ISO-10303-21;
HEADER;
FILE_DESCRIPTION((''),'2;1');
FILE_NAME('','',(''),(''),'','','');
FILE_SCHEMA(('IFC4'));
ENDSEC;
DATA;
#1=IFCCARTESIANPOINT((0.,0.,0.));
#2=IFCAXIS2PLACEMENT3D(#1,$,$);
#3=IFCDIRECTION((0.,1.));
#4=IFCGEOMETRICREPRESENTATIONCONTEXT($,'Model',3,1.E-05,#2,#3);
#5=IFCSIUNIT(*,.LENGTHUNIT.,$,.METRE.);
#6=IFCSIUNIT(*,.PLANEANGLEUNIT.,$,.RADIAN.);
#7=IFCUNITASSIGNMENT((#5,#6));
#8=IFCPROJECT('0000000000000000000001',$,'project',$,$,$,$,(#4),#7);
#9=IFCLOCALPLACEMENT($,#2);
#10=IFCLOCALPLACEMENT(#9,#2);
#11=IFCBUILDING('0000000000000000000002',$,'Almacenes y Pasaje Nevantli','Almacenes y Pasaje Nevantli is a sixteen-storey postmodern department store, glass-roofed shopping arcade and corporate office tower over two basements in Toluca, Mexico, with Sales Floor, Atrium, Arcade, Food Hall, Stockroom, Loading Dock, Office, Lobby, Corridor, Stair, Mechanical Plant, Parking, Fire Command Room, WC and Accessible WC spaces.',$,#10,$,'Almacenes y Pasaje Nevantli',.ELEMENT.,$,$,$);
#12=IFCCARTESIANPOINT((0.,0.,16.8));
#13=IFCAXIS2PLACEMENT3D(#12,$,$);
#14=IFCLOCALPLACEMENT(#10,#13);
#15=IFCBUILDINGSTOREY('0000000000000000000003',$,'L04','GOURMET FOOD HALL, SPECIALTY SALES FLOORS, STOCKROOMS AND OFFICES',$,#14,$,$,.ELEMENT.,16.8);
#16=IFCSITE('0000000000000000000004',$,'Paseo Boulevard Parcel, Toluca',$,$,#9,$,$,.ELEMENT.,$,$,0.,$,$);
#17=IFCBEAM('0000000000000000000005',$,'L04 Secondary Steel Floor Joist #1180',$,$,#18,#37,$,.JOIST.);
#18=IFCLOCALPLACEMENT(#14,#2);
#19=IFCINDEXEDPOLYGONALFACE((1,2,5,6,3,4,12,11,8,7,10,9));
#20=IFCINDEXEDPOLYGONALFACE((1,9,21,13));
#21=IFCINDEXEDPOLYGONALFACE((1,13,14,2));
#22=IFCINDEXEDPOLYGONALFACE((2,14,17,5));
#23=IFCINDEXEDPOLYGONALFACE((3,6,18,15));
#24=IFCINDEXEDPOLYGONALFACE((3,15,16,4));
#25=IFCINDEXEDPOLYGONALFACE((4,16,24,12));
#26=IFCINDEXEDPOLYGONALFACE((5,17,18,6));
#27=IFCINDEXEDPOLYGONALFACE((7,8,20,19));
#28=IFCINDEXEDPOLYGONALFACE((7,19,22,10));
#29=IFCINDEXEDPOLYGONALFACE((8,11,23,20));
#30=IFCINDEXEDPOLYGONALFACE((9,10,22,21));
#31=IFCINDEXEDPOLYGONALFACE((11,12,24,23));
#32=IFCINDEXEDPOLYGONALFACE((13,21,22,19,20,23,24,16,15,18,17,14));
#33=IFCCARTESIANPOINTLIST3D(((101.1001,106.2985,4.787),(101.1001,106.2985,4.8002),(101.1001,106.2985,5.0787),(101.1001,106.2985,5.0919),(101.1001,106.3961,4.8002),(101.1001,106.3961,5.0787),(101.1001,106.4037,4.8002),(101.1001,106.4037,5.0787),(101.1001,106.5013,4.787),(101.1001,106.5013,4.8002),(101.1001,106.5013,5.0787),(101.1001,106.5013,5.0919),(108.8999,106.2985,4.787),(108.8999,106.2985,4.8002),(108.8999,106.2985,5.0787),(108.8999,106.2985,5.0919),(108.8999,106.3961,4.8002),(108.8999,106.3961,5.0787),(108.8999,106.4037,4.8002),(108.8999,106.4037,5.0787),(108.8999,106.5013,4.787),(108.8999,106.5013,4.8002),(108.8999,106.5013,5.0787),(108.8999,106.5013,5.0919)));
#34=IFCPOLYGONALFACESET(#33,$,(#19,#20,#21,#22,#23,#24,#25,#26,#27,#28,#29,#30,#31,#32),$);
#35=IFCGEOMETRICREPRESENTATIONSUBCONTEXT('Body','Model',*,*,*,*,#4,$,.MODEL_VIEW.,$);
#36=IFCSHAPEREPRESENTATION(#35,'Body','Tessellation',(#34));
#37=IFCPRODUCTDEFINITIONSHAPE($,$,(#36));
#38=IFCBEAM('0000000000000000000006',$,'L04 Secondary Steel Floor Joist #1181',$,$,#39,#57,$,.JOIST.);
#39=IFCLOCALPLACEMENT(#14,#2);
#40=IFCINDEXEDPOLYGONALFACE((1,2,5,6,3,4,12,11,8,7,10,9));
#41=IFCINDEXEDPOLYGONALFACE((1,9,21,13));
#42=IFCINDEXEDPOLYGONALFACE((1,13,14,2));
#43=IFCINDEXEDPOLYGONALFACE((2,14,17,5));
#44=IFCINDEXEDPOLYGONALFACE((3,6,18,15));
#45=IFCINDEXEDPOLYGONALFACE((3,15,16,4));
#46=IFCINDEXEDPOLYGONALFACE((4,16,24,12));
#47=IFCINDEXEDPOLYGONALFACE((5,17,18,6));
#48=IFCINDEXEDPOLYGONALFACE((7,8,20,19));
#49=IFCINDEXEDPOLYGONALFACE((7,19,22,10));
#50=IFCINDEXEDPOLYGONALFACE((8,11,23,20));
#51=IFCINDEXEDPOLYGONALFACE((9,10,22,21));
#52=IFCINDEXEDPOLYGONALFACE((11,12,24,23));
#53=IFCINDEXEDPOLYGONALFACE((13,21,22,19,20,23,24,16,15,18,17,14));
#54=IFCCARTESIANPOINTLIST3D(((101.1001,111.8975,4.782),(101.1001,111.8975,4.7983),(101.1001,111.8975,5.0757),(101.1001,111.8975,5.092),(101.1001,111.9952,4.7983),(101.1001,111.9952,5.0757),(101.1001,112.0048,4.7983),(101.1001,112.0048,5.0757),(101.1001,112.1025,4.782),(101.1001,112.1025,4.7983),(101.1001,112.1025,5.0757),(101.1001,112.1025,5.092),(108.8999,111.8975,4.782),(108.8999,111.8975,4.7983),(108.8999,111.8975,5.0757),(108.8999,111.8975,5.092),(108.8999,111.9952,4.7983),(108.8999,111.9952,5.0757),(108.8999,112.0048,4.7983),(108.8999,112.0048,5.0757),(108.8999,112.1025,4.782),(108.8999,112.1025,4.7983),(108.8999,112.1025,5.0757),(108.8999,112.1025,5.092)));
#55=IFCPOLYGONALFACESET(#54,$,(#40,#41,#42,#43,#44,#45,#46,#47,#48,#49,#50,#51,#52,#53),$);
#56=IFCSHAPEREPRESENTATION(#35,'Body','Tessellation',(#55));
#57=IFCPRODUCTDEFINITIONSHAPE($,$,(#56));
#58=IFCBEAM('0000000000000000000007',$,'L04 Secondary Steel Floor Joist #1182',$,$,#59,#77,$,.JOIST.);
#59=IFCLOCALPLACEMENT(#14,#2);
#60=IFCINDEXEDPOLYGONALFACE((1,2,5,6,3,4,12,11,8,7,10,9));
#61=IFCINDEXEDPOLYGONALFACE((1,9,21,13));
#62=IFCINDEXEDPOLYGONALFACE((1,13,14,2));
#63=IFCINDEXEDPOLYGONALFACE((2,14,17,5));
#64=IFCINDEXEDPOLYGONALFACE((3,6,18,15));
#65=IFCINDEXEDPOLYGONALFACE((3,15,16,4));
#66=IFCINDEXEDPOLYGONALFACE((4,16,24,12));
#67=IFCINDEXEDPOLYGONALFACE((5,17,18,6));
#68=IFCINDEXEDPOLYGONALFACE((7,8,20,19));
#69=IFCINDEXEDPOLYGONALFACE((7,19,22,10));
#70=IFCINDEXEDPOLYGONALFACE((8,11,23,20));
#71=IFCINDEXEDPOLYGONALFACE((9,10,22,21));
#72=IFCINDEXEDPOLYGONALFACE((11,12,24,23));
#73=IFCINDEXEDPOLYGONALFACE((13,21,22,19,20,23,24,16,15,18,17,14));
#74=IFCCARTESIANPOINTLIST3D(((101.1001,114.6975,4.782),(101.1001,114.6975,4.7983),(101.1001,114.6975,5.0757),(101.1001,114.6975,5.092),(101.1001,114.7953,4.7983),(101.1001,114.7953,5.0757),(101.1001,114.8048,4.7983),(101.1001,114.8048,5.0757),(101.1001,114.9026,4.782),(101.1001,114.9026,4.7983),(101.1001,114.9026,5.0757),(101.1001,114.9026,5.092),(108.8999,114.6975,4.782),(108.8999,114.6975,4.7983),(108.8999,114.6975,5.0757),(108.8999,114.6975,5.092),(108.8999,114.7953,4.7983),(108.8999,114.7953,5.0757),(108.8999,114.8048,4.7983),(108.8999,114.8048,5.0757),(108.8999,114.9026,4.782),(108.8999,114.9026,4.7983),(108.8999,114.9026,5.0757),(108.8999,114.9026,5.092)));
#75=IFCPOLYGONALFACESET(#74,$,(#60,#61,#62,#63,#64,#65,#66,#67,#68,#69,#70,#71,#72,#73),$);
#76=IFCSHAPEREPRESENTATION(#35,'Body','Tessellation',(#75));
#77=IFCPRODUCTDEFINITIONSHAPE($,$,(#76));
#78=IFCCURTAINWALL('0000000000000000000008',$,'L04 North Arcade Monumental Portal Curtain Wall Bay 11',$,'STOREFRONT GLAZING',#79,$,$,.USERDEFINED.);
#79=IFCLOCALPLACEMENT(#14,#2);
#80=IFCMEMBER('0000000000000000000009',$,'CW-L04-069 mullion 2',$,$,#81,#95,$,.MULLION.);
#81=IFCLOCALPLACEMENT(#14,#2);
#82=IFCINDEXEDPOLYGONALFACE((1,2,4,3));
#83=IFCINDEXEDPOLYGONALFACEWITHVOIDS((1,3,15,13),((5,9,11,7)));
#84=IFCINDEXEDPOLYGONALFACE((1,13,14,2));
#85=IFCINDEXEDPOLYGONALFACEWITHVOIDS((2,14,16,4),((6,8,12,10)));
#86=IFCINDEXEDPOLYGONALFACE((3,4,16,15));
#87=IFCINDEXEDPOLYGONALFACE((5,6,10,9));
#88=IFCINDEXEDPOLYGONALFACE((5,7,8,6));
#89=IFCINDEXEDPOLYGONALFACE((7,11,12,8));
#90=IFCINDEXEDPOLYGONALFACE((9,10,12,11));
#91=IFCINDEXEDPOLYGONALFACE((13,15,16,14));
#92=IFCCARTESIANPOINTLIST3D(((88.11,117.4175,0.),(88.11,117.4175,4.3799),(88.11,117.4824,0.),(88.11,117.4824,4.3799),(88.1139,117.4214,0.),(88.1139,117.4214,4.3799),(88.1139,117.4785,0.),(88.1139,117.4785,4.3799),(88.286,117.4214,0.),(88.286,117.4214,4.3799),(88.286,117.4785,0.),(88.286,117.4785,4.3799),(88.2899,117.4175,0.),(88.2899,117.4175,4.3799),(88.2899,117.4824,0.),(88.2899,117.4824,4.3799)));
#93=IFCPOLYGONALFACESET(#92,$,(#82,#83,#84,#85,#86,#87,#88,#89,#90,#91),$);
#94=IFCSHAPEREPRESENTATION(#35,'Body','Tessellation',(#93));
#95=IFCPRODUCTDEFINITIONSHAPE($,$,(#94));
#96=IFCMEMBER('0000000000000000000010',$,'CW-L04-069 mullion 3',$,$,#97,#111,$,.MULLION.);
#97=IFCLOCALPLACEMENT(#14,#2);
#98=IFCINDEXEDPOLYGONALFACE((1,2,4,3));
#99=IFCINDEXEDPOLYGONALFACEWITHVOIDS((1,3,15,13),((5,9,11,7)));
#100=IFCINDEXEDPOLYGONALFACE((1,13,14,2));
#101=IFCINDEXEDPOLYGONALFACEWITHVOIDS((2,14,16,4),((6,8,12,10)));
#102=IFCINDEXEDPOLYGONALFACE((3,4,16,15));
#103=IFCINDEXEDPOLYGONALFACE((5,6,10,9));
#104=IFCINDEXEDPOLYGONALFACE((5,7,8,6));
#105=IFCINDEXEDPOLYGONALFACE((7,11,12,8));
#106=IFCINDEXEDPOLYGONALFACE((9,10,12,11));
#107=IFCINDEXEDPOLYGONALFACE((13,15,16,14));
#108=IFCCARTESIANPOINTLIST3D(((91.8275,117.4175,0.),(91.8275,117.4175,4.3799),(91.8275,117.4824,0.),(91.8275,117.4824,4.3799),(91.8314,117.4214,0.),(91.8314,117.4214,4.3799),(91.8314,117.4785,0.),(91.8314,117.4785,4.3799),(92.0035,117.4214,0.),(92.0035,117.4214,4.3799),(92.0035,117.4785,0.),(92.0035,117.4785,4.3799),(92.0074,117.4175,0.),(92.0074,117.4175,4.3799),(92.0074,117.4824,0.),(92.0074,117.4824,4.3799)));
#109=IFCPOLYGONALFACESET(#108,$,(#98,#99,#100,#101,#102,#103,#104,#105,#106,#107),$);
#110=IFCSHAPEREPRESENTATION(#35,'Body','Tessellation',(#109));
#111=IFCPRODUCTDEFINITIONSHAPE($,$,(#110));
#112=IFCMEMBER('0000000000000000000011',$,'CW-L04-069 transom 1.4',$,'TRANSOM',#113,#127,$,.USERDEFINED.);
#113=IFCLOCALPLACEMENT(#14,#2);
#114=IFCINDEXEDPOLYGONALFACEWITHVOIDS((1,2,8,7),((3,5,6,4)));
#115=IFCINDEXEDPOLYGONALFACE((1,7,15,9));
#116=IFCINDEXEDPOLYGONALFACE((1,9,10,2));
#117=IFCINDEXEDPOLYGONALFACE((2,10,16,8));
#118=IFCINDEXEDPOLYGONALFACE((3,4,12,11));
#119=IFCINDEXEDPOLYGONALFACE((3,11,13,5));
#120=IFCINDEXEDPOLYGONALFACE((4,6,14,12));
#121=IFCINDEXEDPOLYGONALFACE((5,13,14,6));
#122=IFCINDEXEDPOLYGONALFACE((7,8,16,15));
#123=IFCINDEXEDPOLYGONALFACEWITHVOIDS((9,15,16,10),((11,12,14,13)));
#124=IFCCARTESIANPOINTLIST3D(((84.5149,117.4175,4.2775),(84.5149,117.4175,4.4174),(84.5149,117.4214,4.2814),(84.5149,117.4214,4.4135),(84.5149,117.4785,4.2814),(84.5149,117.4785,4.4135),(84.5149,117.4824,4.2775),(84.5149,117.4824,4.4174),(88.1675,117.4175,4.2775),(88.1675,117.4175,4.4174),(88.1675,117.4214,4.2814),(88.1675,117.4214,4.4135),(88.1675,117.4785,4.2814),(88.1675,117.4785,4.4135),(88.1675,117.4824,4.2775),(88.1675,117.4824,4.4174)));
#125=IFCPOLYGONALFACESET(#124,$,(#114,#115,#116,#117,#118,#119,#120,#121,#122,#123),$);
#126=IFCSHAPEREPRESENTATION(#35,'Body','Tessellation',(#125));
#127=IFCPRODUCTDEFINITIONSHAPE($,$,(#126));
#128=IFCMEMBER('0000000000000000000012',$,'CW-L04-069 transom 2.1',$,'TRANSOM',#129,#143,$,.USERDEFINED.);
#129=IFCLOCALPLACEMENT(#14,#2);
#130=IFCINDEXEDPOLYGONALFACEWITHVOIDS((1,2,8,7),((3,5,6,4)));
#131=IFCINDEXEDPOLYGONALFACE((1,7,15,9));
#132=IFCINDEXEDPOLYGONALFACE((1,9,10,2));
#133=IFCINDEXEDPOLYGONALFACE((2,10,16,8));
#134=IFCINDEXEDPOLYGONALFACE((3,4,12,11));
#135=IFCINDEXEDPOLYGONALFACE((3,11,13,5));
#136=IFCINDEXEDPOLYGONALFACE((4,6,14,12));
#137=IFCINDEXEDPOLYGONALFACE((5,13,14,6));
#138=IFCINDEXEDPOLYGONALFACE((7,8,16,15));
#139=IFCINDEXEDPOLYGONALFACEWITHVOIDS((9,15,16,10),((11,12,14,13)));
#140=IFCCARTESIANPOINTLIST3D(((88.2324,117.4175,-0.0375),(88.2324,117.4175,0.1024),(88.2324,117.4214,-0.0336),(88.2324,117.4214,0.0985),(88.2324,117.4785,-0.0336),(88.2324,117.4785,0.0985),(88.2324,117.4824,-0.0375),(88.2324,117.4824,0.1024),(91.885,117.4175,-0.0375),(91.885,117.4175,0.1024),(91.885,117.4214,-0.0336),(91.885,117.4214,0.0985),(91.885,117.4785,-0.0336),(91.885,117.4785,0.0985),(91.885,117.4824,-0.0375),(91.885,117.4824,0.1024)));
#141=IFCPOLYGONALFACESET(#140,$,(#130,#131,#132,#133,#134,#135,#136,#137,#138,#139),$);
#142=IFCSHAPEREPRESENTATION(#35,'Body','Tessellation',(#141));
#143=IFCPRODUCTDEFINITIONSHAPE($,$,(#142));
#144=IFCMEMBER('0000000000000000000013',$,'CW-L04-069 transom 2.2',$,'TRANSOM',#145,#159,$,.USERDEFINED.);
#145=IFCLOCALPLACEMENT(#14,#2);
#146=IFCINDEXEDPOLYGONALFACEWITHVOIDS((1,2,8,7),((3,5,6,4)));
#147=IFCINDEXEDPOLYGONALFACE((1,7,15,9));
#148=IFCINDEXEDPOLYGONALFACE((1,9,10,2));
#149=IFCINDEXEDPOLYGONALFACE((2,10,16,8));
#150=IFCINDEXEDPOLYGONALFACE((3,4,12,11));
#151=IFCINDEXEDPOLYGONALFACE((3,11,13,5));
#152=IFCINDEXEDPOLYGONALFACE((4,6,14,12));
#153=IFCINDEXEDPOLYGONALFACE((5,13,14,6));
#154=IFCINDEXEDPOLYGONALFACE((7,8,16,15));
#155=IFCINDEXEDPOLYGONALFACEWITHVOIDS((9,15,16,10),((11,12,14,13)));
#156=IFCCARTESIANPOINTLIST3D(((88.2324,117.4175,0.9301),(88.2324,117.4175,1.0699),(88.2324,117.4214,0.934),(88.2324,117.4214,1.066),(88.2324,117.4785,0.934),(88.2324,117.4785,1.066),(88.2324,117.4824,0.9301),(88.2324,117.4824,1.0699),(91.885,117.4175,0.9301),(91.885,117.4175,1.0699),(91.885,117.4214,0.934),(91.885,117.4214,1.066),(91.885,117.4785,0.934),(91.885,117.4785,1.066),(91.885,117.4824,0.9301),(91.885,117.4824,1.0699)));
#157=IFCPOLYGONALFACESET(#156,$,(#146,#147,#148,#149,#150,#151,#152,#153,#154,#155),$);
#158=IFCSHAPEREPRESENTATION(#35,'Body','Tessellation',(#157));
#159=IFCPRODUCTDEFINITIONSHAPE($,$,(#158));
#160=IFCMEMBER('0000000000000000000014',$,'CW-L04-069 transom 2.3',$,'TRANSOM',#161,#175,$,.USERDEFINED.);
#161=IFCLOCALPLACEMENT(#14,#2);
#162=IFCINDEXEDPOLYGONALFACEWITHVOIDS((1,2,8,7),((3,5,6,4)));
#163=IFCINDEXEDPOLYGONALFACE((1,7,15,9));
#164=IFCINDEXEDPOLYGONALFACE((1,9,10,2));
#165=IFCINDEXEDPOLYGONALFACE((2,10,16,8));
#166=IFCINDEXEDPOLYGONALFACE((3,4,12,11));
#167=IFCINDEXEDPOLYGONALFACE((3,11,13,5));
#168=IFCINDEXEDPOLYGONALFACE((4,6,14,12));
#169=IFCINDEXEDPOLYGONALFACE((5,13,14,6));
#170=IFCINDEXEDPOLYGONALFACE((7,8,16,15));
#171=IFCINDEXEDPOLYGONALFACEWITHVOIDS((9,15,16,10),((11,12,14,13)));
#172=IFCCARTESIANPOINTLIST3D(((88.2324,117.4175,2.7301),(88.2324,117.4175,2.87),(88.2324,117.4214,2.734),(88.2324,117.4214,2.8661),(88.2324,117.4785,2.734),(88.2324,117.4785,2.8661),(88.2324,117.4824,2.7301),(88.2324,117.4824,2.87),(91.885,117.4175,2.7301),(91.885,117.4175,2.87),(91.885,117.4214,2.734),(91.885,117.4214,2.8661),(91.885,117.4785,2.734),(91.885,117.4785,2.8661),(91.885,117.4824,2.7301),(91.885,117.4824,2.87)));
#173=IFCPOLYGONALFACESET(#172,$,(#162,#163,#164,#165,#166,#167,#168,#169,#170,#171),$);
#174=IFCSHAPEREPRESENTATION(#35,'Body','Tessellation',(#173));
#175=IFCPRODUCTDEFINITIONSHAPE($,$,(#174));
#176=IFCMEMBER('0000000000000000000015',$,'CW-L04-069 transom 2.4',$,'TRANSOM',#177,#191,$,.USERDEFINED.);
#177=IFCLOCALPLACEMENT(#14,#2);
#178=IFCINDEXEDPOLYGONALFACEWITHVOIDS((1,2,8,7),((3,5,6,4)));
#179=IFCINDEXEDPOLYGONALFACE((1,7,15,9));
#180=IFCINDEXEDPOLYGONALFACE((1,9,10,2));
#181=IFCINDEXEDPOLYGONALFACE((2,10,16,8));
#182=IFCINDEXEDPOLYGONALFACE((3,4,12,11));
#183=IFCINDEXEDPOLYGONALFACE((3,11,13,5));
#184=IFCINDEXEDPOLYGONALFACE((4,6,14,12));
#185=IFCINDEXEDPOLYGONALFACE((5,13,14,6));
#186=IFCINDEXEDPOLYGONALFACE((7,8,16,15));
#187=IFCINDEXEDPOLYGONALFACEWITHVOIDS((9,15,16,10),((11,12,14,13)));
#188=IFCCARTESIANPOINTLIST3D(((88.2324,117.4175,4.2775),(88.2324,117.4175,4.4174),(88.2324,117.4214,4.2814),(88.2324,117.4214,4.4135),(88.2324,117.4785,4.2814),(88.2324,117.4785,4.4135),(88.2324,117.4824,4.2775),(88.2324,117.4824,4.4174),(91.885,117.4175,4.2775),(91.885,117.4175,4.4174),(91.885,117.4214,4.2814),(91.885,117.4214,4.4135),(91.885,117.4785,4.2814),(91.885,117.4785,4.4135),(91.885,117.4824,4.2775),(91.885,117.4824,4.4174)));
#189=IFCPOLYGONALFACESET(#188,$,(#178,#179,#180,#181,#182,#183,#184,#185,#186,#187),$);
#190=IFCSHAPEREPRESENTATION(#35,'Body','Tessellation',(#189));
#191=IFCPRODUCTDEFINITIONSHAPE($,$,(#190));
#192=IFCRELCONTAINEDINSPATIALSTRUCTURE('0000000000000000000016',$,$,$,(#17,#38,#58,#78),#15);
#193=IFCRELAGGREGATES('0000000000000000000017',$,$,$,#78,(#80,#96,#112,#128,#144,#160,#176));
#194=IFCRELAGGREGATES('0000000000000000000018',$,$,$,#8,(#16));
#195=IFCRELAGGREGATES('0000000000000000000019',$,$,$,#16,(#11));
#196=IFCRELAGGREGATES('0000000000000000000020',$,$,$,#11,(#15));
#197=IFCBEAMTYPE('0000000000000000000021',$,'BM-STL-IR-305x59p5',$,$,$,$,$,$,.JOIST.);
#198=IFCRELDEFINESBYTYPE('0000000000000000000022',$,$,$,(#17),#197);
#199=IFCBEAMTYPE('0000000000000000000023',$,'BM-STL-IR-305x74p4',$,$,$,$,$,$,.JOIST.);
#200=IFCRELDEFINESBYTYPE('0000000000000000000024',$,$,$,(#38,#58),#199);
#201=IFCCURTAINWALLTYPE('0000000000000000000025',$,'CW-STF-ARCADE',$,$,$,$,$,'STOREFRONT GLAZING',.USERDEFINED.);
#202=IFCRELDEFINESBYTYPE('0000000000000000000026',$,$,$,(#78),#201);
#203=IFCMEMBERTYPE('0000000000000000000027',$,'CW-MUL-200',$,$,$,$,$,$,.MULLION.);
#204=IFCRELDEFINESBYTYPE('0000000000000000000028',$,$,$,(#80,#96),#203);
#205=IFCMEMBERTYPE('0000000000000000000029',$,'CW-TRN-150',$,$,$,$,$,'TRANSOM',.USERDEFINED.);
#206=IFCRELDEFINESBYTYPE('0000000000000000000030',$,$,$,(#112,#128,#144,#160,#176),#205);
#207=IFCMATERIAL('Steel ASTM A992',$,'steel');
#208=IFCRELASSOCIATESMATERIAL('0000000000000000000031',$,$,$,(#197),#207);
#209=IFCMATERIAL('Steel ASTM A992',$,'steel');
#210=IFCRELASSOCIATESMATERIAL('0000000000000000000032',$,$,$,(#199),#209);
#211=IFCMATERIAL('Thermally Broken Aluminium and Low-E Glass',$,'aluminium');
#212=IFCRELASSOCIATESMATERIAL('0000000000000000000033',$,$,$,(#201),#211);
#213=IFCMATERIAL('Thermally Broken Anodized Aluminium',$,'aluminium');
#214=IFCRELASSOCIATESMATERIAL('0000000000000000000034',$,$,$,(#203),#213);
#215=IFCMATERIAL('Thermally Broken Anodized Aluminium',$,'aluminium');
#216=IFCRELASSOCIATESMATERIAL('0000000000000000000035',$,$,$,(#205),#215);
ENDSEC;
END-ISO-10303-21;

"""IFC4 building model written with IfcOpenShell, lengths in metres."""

from ifc_helpers import new_model, si_unit, direction, frame, origin, origin_2d, place, context, subcontext, project, spatial, hollow_rectangle, i_section, extrude, material, material_profile, profile_set, type_object, element, aggregate, save


model = new_model("IFC4")

# Units and contexts
model_context = context("Model", 3, precision=1e-05, world=origin(), true_north=direction((0.0, 1.0)))
body_context = subcontext(model_context, "Body", "Model", "MODEL_VIEW")
ifc_project = project(units=[si_unit("LENGTHUNIT", "METRE"), si_unit("PLANEANGLEUNIT", "RADIAN")], contexts=[model_context])

# Site, building, storey
site_placement = place(None, origin())
site = spatial("IfcSite", under=ifc_project, at=site_placement, Name="Paseo Boulevard Parcel, Toluca", CompositionType="ELEMENT", RefElevation=0.0)
building_placement = place(site_placement, origin())
building = spatial("IfcBuilding", under=site, at=building_placement, Name="Almacenes y Pasaje Nevantli", Description="Almacenes y Pasaje Nevantli is a sixteen-storey postmodern department store, glass-roofed shopping arcade and corporate office tower over two basements in Toluca, Mexico, with Sales Floor, Atrium, Arcade, Food Hall, Stockroom, Loading Dock, Office, Lobby, Corridor, Stair, Mechanical Plant, Parking, Fire Command Room, WC and Accessible WC spaces.", LongName="Almacenes y Pasaje Nevantli", CompositionType="ELEMENT")
storey_placement = place(building_placement, frame((0.0, 0.0, 16.8)))
storey = spatial("IfcBuildingStorey", under=building, at=storey_placement, Name="L04", Description="GOURMET FOOD HALL, SPECIALTY SALES FLOORS, STOCKROOMS AND OFFICES", CompositionType="ELEMENT", Elevation=16.8)

# Beams
ifc_material_1 = material(Name="Steel ASTM A992", Category="steel")
ifc_material_profile_1 = material_profile(ifc_material_1, i_section(OverallWidth=0.2029, OverallDepth=0.3049, WebThickness=0.0076, FlangeThickness=0.0132, at=origin_2d()), Name="IR 305x59.5")
ifc_profile_set_1 = profile_set([ifc_material_profile_1], Name="Steel ASTM A992")
beam_type_1 = type_object("IfcBeamType", Name="BM-STL-IR-305x59p5", PredefinedType="JOIST", material=ifc_profile_set_1)
beam_1_placement = place(storey_placement, frame((101.1001, 106.3999, 4.9395), z_axis=(1.0, 0.0, 0.0), x_axis=(0.0, 1.0, 0.0)))
element("IfcBeam", 1, at=beam_1_placement, inside=storey, type_object=beam_type_1, Name="L04 Secondary Steel Floor Joist #1180", PredefinedType="JOIST", context=body_context, shape_type="SweptSolid", body=[
    extrude(i_section(OverallWidth=0.2029, OverallDepth=0.3049, WebThickness=0.0076, FlangeThickness=0.0132, at=origin_2d()), origin(), (0.0, 0.0, 1.0), 7.7998),
])
ifc_material_2 = material(Name="Steel ASTM A992", Category="steel")
ifc_material_profile_2 = material_profile(ifc_material_2, i_section(OverallWidth=0.2051, OverallDepth=0.3101, WebThickness=0.0095, FlangeThickness=0.0164, at=origin_2d()), Name="IR 305x74.4")
ifc_profile_set_2 = profile_set([ifc_material_profile_2], Name="Steel ASTM A992")
beam_type_2 = type_object("IfcBeamType", Name="BM-STL-IR-305x74p4", PredefinedType="JOIST", material=ifc_profile_set_2)
for number, where, z_axis, x_axis, name in (
    (2, (101.1001, 112.0, 4.937), (1.0, 0.0, 0.0), (0.0, 1.0, 0.0), "L04 Secondary Steel Floor Joist #1181"),
    (3, (101.1001, 114.8, 4.937), (1.0, 0.0, 0.0), (0.0, 1.0, 0.0), "L04 Secondary Steel Floor Joist #1182"),
):
    element("IfcBeam", number, at=place(storey_placement, frame(where, z_axis=z_axis, x_axis=x_axis)), inside=storey, type_object=beam_type_2, Name=name, PredefinedType="JOIST", context=body_context, shape_type="SweptSolid", body=[
        extrude(i_section(OverallWidth=0.2051, OverallDepth=0.3101, WebThickness=0.0095, FlangeThickness=0.0164, at=origin_2d()), origin(), (0.0, 0.0, 1.0), 7.7998),
    ])

# Curtain wall, members
ifc_material_3 = material(Name="Thermally Broken Aluminium and Low-E Glass", Category="aluminium")
curtain_wall_type = type_object("IfcCurtainWallType", Name="CW-STF-ARCADE", ElementType="STOREFRONT GLAZING", PredefinedType="USERDEFINED", material=ifc_material_3)
curtain_wall_placement = place(storey_placement, origin())
curtain_wall = element("IfcCurtainWall", 4, at=curtain_wall_placement, inside=storey, type_object=curtain_wall_type, Name="L04 North Arcade Monumental Portal Curtain Wall Bay 11", ObjectType="STOREFRONT GLAZING", PredefinedType="USERDEFINED")
ifc_material_4 = material(Name="Thermally Broken Anodized Aluminium", Category="aluminium")
ifc_material_profile_3 = material_profile(ifc_material_4, hollow_rectangle(XDim=0.0649, YDim=0.1799, WallThickness=0.0039, at=origin_2d()), Name="ALU-MUL-65x180")
ifc_profile_set_3 = profile_set([ifc_material_profile_3], Name="Thermally Broken Anodized Aluminium")
member_type_1 = type_object("IfcMemberType", Name="CW-MUL-200", PredefinedType="MULLION", material=ifc_profile_set_3)
member_1_placement = place(storey_placement, frame((88.2, 117.45, 0.0), z_axis=(0.0, 0.0, 1.0), x_axis=(0.0, 1.0, 0.0)))
member_1 = element("IfcMember", 5, at=member_1_placement, type_object=member_type_1, Name="CW-L04-069 mullion 2", PredefinedType="MULLION", context=body_context, shape_type="SweptSolid", body=[
    extrude(hollow_rectangle(XDim=0.0649, YDim=0.1799, WallThickness=0.0039, at=origin_2d()), origin(), (0.0, 0.0, 1.0), 4.3799),
])
member_2_placement = place(storey_placement, frame((91.9175, 117.45, 0.0), z_axis=(0.0, 0.0, 1.0), x_axis=(0.0, 1.0, 0.0)))
member_2 = element("IfcMember", 6, at=member_2_placement, type_object=member_type_1, Name="CW-L04-069 mullion 3", PredefinedType="MULLION", context=body_context, shape_type="SweptSolid", body=[
    extrude(hollow_rectangle(XDim=0.0649, YDim=0.1799, WallThickness=0.0039, at=origin_2d()), origin(), (0.0, 0.0, 1.0), 4.3799),
])
ifc_material_5 = material(Name="Thermally Broken Anodized Aluminium", Category="aluminium")
ifc_material_profile_4 = material_profile(ifc_material_5, hollow_rectangle(XDim=0.0649, YDim=0.1399, WallThickness=0.0039, at=origin_2d()), Name="ALU-TRN-65x140")
ifc_profile_set_4 = profile_set([ifc_material_profile_4], Name="Thermally Broken Anodized Aluminium")
member_type_2 = type_object("IfcMemberType", Name="CW-TRN-150", ElementType="TRANSOM", PredefinedType="USERDEFINED", material=ifc_profile_set_4)
member_3_placement = place(storey_placement, frame((84.5149, 117.45, 4.3474), z_axis=(1.0, 0.0, 0.0), x_axis=(0.0, 1.0, 0.0)))
member_3 = element("IfcMember", 7, at=member_3_placement, type_object=member_type_2, Name="CW-L04-069 transom 1.4", ObjectType="TRANSOM", PredefinedType="USERDEFINED", context=body_context, shape_type="SweptSolid", body=[
    extrude(hollow_rectangle(XDim=0.0649, YDim=0.1399, WallThickness=0.0039, at=origin_2d()), origin(), (0.0, 0.0, 1.0), 3.6526),
])
member_4_placement = place(storey_placement, frame((88.2324, 117.45, 0.0325), z_axis=(1.0, 0.0, 0.0), x_axis=(0.0, 1.0, 0.0)))
member_4 = element("IfcMember", 8, at=member_4_placement, type_object=member_type_2, Name="CW-L04-069 transom 2.1", ObjectType="TRANSOM", PredefinedType="USERDEFINED", context=body_context, shape_type="SweptSolid", body=[
    extrude(hollow_rectangle(XDim=0.0649, YDim=0.1399, WallThickness=0.0039, at=origin_2d()), origin(), (0.0, 0.0, 1.0), 3.6526),
])
member_5_placement = place(storey_placement, frame((88.2324, 117.45, 1.0), z_axis=(1.0, 0.0, 0.0), x_axis=(0.0, 1.0, 0.0)))
member_5 = element("IfcMember", 9, at=member_5_placement, type_object=member_type_2, Name="CW-L04-069 transom 2.2", ObjectType="TRANSOM", PredefinedType="USERDEFINED", context=body_context, shape_type="SweptSolid", body=[
    extrude(hollow_rectangle(XDim=0.0649, YDim=0.1399, WallThickness=0.0039, at=origin_2d()), origin(), (0.0, 0.0, 1.0), 3.6526),
])
member_6_placement = place(storey_placement, frame((88.2324, 117.45, 2.8), z_axis=(1.0, 0.0, 0.0), x_axis=(0.0, 1.0, 0.0)))
member_6 = element("IfcMember", 10, at=member_6_placement, type_object=member_type_2, Name="CW-L04-069 transom 2.3", ObjectType="TRANSOM", PredefinedType="USERDEFINED", context=body_context, shape_type="SweptSolid", body=[
    extrude(hollow_rectangle(XDim=0.0649, YDim=0.1399, WallThickness=0.0039, at=origin_2d()), origin(), (0.0, 0.0, 1.0), 3.6526),
])
member_7_placement = place(storey_placement, frame((88.2324, 117.45, 4.3474), z_axis=(1.0, 0.0, 0.0), x_axis=(0.0, 1.0, 0.0)))
member_7 = element("IfcMember", 11, at=member_7_placement, type_object=member_type_2, Name="CW-L04-069 transom 2.4", ObjectType="TRANSOM", PredefinedType="USERDEFINED", context=body_context, shape_type="SweptSolid", body=[
    extrude(hollow_rectangle(XDim=0.0649, YDim=0.1399, WallThickness=0.0039, at=origin_2d()), origin(), (0.0, 0.0, 1.0), 3.6526),
])
aggregate(curtain_wall, [member_1, member_2, member_3, member_4, member_5, member_6, member_7])

save(model, "model.ifc")
